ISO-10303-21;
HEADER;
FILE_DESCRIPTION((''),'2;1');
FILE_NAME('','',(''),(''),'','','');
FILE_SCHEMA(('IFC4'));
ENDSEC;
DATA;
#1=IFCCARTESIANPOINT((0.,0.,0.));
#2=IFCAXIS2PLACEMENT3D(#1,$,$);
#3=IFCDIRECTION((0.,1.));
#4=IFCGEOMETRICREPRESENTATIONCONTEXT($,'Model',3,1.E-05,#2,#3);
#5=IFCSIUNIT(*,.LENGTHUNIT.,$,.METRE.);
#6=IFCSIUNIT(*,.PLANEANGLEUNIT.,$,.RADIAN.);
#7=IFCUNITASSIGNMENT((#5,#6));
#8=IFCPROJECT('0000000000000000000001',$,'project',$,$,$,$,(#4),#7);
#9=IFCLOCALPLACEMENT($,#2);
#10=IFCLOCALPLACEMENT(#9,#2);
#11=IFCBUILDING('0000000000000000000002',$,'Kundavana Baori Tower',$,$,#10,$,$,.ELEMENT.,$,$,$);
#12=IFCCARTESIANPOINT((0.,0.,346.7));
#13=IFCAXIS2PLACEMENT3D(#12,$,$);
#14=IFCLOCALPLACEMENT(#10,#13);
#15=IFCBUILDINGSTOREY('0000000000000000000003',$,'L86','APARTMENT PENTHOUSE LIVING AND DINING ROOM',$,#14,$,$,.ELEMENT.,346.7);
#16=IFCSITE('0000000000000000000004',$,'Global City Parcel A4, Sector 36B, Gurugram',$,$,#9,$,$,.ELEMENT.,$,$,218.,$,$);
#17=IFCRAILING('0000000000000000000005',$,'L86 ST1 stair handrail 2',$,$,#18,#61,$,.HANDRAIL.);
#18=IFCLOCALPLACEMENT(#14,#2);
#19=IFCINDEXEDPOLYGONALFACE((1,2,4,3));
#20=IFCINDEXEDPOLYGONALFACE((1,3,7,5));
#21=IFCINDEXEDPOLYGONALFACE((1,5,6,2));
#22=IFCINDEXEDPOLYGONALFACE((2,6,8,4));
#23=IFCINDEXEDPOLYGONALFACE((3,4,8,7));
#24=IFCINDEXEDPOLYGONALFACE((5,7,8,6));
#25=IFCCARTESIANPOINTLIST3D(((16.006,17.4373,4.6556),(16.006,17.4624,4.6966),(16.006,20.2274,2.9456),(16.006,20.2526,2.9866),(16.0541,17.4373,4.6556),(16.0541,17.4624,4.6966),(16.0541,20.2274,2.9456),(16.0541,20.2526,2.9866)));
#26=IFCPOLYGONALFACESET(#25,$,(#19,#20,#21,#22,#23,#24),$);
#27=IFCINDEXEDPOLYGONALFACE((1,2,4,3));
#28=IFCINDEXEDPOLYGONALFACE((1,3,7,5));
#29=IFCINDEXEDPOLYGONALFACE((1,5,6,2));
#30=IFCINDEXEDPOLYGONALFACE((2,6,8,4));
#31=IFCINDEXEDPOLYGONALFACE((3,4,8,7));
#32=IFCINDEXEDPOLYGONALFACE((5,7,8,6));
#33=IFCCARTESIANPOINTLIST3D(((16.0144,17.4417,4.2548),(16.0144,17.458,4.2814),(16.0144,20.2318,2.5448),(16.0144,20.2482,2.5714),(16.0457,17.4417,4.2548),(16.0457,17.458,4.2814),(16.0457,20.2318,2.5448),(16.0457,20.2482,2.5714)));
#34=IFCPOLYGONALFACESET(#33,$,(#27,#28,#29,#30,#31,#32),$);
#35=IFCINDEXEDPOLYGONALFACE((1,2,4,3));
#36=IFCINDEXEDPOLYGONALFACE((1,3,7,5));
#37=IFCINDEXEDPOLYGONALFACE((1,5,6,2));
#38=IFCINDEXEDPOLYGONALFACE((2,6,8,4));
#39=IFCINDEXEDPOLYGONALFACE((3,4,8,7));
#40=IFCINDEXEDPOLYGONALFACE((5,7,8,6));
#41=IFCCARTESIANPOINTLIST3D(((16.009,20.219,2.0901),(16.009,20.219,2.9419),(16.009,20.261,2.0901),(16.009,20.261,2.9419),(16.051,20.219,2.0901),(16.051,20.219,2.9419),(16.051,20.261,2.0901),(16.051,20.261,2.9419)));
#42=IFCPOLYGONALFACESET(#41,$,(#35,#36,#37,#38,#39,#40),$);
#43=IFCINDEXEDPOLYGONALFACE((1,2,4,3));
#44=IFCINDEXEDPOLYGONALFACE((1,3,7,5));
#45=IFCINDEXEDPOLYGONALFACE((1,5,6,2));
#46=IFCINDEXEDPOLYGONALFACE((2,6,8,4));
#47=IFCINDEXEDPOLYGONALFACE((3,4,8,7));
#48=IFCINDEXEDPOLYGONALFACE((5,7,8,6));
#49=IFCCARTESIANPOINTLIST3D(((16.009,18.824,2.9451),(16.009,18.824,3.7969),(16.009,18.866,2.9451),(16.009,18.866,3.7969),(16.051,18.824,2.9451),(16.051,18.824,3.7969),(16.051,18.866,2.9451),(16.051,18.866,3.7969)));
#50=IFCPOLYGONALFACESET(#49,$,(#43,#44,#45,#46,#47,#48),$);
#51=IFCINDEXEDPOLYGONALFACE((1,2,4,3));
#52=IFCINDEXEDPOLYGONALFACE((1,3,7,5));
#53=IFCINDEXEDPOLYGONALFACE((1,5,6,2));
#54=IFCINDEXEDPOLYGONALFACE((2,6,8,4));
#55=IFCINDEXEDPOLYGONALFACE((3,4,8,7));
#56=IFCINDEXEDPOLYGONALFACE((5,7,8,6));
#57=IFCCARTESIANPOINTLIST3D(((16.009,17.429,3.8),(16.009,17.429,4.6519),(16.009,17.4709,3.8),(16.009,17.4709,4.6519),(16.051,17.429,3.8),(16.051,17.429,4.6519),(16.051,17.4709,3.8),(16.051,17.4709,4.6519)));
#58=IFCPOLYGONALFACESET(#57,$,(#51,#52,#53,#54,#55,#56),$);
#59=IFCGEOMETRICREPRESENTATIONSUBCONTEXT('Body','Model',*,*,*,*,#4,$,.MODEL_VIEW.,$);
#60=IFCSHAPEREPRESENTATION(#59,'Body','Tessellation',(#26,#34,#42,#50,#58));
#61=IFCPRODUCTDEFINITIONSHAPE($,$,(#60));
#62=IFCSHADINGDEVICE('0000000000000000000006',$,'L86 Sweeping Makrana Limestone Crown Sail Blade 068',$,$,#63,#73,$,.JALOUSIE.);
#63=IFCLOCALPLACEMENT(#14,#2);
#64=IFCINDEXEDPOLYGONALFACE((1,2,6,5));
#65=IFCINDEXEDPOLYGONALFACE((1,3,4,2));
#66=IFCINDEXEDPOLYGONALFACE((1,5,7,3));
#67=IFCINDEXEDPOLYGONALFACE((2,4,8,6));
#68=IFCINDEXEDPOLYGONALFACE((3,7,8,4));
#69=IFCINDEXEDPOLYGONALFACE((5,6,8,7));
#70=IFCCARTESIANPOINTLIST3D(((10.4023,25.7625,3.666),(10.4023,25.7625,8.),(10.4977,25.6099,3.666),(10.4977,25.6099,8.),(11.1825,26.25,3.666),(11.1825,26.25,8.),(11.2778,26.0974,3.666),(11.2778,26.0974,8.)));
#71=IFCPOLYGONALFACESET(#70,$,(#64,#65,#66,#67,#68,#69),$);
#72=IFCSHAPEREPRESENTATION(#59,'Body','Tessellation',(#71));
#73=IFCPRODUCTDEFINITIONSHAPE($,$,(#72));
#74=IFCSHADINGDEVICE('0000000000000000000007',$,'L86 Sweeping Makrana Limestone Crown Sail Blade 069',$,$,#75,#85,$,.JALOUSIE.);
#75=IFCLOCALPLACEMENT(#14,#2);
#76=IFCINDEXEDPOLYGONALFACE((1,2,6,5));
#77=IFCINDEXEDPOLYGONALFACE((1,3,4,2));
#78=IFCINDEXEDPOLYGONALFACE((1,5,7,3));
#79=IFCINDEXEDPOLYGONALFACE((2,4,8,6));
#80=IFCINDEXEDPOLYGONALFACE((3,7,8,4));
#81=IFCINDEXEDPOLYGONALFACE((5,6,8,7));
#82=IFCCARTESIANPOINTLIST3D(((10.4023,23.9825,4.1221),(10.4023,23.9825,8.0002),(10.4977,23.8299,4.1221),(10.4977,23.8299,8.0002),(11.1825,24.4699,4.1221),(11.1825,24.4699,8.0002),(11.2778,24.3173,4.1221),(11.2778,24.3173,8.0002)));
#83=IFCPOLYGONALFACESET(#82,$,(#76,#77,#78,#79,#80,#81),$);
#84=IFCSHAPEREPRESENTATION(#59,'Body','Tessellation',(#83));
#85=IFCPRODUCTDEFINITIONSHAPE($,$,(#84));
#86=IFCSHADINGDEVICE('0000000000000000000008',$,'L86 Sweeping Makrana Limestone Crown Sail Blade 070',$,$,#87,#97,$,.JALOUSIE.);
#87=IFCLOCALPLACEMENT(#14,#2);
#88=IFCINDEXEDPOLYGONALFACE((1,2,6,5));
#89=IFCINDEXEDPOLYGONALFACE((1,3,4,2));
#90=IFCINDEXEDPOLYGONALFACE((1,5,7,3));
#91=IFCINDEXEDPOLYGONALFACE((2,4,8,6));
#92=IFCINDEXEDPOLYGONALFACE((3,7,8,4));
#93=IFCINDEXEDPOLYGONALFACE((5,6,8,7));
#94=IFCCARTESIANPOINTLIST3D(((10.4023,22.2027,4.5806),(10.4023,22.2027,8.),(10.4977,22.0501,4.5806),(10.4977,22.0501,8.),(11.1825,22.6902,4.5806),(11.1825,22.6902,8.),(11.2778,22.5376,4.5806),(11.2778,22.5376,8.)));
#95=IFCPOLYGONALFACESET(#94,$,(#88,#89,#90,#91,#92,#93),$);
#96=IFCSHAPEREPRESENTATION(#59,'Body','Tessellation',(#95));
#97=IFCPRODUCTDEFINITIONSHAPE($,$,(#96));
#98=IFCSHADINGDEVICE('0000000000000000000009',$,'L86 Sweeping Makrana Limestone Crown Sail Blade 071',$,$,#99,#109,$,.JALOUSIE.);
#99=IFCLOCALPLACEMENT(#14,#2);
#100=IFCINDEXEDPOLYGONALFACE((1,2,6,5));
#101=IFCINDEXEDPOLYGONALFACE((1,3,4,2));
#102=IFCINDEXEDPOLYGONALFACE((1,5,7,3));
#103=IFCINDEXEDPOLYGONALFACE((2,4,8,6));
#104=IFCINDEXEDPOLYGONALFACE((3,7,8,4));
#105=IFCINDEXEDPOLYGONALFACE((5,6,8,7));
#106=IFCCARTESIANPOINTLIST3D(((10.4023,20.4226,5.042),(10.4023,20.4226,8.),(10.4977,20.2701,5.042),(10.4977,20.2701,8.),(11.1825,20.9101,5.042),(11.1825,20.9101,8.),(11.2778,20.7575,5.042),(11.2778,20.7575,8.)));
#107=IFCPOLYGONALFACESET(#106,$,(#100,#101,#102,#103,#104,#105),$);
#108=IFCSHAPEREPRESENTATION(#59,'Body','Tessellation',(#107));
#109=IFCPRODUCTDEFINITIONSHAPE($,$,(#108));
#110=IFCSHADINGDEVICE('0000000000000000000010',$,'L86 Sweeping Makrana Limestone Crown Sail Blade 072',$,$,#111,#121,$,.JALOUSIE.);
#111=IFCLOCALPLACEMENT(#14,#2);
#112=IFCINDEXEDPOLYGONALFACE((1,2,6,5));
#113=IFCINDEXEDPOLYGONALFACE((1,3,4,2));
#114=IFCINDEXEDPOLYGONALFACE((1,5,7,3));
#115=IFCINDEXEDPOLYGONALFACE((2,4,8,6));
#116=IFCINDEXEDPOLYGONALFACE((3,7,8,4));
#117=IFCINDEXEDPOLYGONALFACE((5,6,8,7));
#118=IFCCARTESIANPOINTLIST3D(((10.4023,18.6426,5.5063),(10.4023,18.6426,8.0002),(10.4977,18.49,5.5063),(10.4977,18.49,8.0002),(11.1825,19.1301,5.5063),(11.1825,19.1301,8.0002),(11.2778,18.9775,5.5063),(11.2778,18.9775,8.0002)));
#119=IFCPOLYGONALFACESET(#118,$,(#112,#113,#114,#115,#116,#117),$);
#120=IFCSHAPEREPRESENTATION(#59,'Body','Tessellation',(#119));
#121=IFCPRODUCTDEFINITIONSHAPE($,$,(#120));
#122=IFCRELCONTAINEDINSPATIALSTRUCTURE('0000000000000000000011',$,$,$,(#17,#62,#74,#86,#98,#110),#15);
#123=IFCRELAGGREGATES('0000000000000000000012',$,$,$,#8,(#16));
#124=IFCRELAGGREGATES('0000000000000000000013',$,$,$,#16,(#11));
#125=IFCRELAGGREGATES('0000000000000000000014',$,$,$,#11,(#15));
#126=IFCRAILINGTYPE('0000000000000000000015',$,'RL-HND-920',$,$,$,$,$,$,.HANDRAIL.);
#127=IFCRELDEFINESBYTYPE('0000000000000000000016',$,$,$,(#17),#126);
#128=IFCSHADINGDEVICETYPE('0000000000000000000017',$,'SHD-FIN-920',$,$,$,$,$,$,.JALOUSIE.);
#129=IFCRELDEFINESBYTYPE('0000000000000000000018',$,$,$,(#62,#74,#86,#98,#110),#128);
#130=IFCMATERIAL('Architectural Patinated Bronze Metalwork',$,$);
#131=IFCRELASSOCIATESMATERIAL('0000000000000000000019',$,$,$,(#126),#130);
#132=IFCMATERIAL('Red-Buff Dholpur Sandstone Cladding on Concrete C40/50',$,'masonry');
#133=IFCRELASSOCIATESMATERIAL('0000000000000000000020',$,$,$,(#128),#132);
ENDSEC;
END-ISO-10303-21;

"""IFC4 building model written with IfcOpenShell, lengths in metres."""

from ifc_helpers import new_model, si_unit, direction, frame, origin, origin_2d, place, context, subcontext, project, spatial, rectangle, extrude, material, type_object, element, save


model = new_model("IFC4")

# Units and contexts
model_context = context("Model", 3, precision=1e-05, world=origin(), true_north=direction((0.0, 1.0)))
body_context = subcontext(model_context, "Body", "Model", "MODEL_VIEW")
ifc_project = project(units=[si_unit("LENGTHUNIT", "METRE"), si_unit("PLANEANGLEUNIT", "RADIAN")], contexts=[model_context])

# Site, building, storey
site_placement = place(None, origin())
site = spatial("IfcSite", under=ifc_project, at=site_placement, Name="Global City Parcel A4, Sector 36B, Gurugram", CompositionType="ELEMENT", RefElevation=218.0)
building_placement = place(site_placement, origin())
building = spatial("IfcBuilding", under=site, at=building_placement, Name="Kundavana Baori Tower", CompositionType="ELEMENT")
storey_placement = place(building_placement, frame((0.0, 0.0, 346.7)))
storey = spatial("IfcBuildingStorey", under=building, at=storey_placement, Name="L86", Description="APARTMENT PENTHOUSE LIVING AND DINING ROOM", CompositionType="ELEMENT", Elevation=346.7)

# Railing
ifc_material_1 = material(Name="Architectural Patinated Bronze Metalwork")
railing_type_1 = type_object("IfcRailingType", Name="RL-HND-920", PredefinedType="HANDRAIL", material=ifc_material_1)
railing_1_placement = place(storey_placement, frame((16.03, 20.24, 2.0901)))
element("IfcRailing", 1, at=railing_1_placement, inside=storey, type_object=railing_type_1, Name="L86 ST1 stair handrail 2", PredefinedType="HANDRAIL", context=body_context, shape_type="SweptSolid", body=[
    extrude(rectangle(XDim=0.0481, YDim=0.0481, at=origin_2d()), frame((0.0, 0.0, 0.876), z_axis=(0.0, -0.85261, 0.522548), x_axis=(1.0, 0.0, 0.0)), (0.0, 0.0, 1.0), 3.2725),
    extrude(rectangle(XDim=0.0312, YDim=0.0312, at=origin_2d()), frame((0.0, 0.0, 0.468), z_axis=(0.0, -0.85261, 0.522548), x_axis=(1.0, 0.0, 0.0)), (0.0, 0.0, 1.0), 3.2725),
    extrude(rectangle(XDim=0.042, YDim=0.042, at=origin_2d()), origin(), (0.0, 0.0, 1.0), 0.8518),
    extrude(rectangle(XDim=0.042, YDim=0.042, at=origin_2d()), frame((0.0, -1.395, 0.855)), (0.0, 0.0, 1.0), 0.8518),
    extrude(rectangle(XDim=0.042, YDim=0.042, at=origin_2d()), frame((0.0, -2.79, 1.71)), (0.0, 0.0, 1.0), 0.8518),
])

# Shading devices
ifc_material_2 = material(Name="Red-Buff Dholpur Sandstone Cladding on Concrete C40/50", Category="masonry")
shading_device_type = type_object("IfcShadingDeviceType", Name="SHD-FIN-920", PredefinedType="JALOUSIE", material=ifc_material_2)
shading_device_1_placement = place(storey_placement, frame((10.8401, 25.9299, 3.666), z_axis=(0.0, 0.0, 1.0), x_axis=(-0.529919, 0.848048, 0.0)))
element("IfcShadingDevice", 2, at=shading_device_1_placement, inside=storey, type_object=shading_device_type, Name="L86 Sweeping Makrana Limestone Crown Sail Blade 068", PredefinedType="JALOUSIE", context=body_context, shape_type="SweptSolid", body=[
    extrude(rectangle(XDim=0.1799, YDim=0.9199, at=origin_2d()), origin(), (0.0, 0.0, 1.0), 4.334),
])
shading_device_2_placement = place(storey_placement, frame((10.8401, 24.1499, 4.1221), z_axis=(0.0, 0.0, 1.0), x_axis=(-0.529919, 0.848048, 0.0)))
element("IfcShadingDevice", 3, at=shading_device_2_placement, inside=storey, type_object=shading_device_type, Name="L86 Sweeping Makrana Limestone Crown Sail Blade 069", PredefinedType="JALOUSIE", context=body_context, shape_type="SweptSolid", body=[
    extrude(rectangle(XDim=0.1799, YDim=0.9199, at=origin_2d()), origin(), (0.0, 0.0, 1.0), 3.8782),
])
shading_device_3_placement = place(storey_placement, frame((10.8401, 22.3701, 4.5806), z_axis=(0.0, 0.0, 1.0), x_axis=(-0.529919, 0.848048, 0.0)))
element("IfcShadingDevice", 4, at=shading_device_3_placement, inside=storey, type_object=shading_device_type, Name="L86 Sweeping Makrana Limestone Crown Sail Blade 070", PredefinedType="JALOUSIE", context=body_context, shape_type="SweptSolid", body=[
    extrude(rectangle(XDim=0.1799, YDim=0.9199, at=origin_2d()), origin(), (0.0, 0.0, 1.0), 3.4194),
])
shading_device_4_placement = place(storey_placement, frame((10.8401, 20.5901, 5.042), z_axis=(0.0, 0.0, 1.0), x_axis=(-0.529919, 0.848048, 0.0)))
element("IfcShadingDevice", 5, at=shading_device_4_placement, inside=storey, type_object=shading_device_type, Name="L86 Sweeping Makrana Limestone Crown Sail Blade 071", PredefinedType="JALOUSIE", context=body_context, shape_type="SweptSolid", body=[
    extrude(rectangle(XDim=0.1799, YDim=0.9199, at=origin_2d()), origin(), (0.0, 0.0, 1.0), 2.958),
])
shading_device_5_placement = place(storey_placement, frame((10.8401, 18.8101, 5.5063), z_axis=(0.0, 0.0, 1.0), x_axis=(-0.529919, 0.848048, 0.0)))
element("IfcShadingDevice", 6, at=shading_device_5_placement, inside=storey, type_object=shading_device_type, Name="L86 Sweeping Makrana Limestone Crown Sail Blade 072", PredefinedType="JALOUSIE", context=body_context, shape_type="SweptSolid", body=[
    extrude(rectangle(XDim=0.1799, YDim=0.9199, at=origin_2d()), origin(), (0.0, 0.0, 1.0), 2.4939),
])

save(model, "model.ifc")
